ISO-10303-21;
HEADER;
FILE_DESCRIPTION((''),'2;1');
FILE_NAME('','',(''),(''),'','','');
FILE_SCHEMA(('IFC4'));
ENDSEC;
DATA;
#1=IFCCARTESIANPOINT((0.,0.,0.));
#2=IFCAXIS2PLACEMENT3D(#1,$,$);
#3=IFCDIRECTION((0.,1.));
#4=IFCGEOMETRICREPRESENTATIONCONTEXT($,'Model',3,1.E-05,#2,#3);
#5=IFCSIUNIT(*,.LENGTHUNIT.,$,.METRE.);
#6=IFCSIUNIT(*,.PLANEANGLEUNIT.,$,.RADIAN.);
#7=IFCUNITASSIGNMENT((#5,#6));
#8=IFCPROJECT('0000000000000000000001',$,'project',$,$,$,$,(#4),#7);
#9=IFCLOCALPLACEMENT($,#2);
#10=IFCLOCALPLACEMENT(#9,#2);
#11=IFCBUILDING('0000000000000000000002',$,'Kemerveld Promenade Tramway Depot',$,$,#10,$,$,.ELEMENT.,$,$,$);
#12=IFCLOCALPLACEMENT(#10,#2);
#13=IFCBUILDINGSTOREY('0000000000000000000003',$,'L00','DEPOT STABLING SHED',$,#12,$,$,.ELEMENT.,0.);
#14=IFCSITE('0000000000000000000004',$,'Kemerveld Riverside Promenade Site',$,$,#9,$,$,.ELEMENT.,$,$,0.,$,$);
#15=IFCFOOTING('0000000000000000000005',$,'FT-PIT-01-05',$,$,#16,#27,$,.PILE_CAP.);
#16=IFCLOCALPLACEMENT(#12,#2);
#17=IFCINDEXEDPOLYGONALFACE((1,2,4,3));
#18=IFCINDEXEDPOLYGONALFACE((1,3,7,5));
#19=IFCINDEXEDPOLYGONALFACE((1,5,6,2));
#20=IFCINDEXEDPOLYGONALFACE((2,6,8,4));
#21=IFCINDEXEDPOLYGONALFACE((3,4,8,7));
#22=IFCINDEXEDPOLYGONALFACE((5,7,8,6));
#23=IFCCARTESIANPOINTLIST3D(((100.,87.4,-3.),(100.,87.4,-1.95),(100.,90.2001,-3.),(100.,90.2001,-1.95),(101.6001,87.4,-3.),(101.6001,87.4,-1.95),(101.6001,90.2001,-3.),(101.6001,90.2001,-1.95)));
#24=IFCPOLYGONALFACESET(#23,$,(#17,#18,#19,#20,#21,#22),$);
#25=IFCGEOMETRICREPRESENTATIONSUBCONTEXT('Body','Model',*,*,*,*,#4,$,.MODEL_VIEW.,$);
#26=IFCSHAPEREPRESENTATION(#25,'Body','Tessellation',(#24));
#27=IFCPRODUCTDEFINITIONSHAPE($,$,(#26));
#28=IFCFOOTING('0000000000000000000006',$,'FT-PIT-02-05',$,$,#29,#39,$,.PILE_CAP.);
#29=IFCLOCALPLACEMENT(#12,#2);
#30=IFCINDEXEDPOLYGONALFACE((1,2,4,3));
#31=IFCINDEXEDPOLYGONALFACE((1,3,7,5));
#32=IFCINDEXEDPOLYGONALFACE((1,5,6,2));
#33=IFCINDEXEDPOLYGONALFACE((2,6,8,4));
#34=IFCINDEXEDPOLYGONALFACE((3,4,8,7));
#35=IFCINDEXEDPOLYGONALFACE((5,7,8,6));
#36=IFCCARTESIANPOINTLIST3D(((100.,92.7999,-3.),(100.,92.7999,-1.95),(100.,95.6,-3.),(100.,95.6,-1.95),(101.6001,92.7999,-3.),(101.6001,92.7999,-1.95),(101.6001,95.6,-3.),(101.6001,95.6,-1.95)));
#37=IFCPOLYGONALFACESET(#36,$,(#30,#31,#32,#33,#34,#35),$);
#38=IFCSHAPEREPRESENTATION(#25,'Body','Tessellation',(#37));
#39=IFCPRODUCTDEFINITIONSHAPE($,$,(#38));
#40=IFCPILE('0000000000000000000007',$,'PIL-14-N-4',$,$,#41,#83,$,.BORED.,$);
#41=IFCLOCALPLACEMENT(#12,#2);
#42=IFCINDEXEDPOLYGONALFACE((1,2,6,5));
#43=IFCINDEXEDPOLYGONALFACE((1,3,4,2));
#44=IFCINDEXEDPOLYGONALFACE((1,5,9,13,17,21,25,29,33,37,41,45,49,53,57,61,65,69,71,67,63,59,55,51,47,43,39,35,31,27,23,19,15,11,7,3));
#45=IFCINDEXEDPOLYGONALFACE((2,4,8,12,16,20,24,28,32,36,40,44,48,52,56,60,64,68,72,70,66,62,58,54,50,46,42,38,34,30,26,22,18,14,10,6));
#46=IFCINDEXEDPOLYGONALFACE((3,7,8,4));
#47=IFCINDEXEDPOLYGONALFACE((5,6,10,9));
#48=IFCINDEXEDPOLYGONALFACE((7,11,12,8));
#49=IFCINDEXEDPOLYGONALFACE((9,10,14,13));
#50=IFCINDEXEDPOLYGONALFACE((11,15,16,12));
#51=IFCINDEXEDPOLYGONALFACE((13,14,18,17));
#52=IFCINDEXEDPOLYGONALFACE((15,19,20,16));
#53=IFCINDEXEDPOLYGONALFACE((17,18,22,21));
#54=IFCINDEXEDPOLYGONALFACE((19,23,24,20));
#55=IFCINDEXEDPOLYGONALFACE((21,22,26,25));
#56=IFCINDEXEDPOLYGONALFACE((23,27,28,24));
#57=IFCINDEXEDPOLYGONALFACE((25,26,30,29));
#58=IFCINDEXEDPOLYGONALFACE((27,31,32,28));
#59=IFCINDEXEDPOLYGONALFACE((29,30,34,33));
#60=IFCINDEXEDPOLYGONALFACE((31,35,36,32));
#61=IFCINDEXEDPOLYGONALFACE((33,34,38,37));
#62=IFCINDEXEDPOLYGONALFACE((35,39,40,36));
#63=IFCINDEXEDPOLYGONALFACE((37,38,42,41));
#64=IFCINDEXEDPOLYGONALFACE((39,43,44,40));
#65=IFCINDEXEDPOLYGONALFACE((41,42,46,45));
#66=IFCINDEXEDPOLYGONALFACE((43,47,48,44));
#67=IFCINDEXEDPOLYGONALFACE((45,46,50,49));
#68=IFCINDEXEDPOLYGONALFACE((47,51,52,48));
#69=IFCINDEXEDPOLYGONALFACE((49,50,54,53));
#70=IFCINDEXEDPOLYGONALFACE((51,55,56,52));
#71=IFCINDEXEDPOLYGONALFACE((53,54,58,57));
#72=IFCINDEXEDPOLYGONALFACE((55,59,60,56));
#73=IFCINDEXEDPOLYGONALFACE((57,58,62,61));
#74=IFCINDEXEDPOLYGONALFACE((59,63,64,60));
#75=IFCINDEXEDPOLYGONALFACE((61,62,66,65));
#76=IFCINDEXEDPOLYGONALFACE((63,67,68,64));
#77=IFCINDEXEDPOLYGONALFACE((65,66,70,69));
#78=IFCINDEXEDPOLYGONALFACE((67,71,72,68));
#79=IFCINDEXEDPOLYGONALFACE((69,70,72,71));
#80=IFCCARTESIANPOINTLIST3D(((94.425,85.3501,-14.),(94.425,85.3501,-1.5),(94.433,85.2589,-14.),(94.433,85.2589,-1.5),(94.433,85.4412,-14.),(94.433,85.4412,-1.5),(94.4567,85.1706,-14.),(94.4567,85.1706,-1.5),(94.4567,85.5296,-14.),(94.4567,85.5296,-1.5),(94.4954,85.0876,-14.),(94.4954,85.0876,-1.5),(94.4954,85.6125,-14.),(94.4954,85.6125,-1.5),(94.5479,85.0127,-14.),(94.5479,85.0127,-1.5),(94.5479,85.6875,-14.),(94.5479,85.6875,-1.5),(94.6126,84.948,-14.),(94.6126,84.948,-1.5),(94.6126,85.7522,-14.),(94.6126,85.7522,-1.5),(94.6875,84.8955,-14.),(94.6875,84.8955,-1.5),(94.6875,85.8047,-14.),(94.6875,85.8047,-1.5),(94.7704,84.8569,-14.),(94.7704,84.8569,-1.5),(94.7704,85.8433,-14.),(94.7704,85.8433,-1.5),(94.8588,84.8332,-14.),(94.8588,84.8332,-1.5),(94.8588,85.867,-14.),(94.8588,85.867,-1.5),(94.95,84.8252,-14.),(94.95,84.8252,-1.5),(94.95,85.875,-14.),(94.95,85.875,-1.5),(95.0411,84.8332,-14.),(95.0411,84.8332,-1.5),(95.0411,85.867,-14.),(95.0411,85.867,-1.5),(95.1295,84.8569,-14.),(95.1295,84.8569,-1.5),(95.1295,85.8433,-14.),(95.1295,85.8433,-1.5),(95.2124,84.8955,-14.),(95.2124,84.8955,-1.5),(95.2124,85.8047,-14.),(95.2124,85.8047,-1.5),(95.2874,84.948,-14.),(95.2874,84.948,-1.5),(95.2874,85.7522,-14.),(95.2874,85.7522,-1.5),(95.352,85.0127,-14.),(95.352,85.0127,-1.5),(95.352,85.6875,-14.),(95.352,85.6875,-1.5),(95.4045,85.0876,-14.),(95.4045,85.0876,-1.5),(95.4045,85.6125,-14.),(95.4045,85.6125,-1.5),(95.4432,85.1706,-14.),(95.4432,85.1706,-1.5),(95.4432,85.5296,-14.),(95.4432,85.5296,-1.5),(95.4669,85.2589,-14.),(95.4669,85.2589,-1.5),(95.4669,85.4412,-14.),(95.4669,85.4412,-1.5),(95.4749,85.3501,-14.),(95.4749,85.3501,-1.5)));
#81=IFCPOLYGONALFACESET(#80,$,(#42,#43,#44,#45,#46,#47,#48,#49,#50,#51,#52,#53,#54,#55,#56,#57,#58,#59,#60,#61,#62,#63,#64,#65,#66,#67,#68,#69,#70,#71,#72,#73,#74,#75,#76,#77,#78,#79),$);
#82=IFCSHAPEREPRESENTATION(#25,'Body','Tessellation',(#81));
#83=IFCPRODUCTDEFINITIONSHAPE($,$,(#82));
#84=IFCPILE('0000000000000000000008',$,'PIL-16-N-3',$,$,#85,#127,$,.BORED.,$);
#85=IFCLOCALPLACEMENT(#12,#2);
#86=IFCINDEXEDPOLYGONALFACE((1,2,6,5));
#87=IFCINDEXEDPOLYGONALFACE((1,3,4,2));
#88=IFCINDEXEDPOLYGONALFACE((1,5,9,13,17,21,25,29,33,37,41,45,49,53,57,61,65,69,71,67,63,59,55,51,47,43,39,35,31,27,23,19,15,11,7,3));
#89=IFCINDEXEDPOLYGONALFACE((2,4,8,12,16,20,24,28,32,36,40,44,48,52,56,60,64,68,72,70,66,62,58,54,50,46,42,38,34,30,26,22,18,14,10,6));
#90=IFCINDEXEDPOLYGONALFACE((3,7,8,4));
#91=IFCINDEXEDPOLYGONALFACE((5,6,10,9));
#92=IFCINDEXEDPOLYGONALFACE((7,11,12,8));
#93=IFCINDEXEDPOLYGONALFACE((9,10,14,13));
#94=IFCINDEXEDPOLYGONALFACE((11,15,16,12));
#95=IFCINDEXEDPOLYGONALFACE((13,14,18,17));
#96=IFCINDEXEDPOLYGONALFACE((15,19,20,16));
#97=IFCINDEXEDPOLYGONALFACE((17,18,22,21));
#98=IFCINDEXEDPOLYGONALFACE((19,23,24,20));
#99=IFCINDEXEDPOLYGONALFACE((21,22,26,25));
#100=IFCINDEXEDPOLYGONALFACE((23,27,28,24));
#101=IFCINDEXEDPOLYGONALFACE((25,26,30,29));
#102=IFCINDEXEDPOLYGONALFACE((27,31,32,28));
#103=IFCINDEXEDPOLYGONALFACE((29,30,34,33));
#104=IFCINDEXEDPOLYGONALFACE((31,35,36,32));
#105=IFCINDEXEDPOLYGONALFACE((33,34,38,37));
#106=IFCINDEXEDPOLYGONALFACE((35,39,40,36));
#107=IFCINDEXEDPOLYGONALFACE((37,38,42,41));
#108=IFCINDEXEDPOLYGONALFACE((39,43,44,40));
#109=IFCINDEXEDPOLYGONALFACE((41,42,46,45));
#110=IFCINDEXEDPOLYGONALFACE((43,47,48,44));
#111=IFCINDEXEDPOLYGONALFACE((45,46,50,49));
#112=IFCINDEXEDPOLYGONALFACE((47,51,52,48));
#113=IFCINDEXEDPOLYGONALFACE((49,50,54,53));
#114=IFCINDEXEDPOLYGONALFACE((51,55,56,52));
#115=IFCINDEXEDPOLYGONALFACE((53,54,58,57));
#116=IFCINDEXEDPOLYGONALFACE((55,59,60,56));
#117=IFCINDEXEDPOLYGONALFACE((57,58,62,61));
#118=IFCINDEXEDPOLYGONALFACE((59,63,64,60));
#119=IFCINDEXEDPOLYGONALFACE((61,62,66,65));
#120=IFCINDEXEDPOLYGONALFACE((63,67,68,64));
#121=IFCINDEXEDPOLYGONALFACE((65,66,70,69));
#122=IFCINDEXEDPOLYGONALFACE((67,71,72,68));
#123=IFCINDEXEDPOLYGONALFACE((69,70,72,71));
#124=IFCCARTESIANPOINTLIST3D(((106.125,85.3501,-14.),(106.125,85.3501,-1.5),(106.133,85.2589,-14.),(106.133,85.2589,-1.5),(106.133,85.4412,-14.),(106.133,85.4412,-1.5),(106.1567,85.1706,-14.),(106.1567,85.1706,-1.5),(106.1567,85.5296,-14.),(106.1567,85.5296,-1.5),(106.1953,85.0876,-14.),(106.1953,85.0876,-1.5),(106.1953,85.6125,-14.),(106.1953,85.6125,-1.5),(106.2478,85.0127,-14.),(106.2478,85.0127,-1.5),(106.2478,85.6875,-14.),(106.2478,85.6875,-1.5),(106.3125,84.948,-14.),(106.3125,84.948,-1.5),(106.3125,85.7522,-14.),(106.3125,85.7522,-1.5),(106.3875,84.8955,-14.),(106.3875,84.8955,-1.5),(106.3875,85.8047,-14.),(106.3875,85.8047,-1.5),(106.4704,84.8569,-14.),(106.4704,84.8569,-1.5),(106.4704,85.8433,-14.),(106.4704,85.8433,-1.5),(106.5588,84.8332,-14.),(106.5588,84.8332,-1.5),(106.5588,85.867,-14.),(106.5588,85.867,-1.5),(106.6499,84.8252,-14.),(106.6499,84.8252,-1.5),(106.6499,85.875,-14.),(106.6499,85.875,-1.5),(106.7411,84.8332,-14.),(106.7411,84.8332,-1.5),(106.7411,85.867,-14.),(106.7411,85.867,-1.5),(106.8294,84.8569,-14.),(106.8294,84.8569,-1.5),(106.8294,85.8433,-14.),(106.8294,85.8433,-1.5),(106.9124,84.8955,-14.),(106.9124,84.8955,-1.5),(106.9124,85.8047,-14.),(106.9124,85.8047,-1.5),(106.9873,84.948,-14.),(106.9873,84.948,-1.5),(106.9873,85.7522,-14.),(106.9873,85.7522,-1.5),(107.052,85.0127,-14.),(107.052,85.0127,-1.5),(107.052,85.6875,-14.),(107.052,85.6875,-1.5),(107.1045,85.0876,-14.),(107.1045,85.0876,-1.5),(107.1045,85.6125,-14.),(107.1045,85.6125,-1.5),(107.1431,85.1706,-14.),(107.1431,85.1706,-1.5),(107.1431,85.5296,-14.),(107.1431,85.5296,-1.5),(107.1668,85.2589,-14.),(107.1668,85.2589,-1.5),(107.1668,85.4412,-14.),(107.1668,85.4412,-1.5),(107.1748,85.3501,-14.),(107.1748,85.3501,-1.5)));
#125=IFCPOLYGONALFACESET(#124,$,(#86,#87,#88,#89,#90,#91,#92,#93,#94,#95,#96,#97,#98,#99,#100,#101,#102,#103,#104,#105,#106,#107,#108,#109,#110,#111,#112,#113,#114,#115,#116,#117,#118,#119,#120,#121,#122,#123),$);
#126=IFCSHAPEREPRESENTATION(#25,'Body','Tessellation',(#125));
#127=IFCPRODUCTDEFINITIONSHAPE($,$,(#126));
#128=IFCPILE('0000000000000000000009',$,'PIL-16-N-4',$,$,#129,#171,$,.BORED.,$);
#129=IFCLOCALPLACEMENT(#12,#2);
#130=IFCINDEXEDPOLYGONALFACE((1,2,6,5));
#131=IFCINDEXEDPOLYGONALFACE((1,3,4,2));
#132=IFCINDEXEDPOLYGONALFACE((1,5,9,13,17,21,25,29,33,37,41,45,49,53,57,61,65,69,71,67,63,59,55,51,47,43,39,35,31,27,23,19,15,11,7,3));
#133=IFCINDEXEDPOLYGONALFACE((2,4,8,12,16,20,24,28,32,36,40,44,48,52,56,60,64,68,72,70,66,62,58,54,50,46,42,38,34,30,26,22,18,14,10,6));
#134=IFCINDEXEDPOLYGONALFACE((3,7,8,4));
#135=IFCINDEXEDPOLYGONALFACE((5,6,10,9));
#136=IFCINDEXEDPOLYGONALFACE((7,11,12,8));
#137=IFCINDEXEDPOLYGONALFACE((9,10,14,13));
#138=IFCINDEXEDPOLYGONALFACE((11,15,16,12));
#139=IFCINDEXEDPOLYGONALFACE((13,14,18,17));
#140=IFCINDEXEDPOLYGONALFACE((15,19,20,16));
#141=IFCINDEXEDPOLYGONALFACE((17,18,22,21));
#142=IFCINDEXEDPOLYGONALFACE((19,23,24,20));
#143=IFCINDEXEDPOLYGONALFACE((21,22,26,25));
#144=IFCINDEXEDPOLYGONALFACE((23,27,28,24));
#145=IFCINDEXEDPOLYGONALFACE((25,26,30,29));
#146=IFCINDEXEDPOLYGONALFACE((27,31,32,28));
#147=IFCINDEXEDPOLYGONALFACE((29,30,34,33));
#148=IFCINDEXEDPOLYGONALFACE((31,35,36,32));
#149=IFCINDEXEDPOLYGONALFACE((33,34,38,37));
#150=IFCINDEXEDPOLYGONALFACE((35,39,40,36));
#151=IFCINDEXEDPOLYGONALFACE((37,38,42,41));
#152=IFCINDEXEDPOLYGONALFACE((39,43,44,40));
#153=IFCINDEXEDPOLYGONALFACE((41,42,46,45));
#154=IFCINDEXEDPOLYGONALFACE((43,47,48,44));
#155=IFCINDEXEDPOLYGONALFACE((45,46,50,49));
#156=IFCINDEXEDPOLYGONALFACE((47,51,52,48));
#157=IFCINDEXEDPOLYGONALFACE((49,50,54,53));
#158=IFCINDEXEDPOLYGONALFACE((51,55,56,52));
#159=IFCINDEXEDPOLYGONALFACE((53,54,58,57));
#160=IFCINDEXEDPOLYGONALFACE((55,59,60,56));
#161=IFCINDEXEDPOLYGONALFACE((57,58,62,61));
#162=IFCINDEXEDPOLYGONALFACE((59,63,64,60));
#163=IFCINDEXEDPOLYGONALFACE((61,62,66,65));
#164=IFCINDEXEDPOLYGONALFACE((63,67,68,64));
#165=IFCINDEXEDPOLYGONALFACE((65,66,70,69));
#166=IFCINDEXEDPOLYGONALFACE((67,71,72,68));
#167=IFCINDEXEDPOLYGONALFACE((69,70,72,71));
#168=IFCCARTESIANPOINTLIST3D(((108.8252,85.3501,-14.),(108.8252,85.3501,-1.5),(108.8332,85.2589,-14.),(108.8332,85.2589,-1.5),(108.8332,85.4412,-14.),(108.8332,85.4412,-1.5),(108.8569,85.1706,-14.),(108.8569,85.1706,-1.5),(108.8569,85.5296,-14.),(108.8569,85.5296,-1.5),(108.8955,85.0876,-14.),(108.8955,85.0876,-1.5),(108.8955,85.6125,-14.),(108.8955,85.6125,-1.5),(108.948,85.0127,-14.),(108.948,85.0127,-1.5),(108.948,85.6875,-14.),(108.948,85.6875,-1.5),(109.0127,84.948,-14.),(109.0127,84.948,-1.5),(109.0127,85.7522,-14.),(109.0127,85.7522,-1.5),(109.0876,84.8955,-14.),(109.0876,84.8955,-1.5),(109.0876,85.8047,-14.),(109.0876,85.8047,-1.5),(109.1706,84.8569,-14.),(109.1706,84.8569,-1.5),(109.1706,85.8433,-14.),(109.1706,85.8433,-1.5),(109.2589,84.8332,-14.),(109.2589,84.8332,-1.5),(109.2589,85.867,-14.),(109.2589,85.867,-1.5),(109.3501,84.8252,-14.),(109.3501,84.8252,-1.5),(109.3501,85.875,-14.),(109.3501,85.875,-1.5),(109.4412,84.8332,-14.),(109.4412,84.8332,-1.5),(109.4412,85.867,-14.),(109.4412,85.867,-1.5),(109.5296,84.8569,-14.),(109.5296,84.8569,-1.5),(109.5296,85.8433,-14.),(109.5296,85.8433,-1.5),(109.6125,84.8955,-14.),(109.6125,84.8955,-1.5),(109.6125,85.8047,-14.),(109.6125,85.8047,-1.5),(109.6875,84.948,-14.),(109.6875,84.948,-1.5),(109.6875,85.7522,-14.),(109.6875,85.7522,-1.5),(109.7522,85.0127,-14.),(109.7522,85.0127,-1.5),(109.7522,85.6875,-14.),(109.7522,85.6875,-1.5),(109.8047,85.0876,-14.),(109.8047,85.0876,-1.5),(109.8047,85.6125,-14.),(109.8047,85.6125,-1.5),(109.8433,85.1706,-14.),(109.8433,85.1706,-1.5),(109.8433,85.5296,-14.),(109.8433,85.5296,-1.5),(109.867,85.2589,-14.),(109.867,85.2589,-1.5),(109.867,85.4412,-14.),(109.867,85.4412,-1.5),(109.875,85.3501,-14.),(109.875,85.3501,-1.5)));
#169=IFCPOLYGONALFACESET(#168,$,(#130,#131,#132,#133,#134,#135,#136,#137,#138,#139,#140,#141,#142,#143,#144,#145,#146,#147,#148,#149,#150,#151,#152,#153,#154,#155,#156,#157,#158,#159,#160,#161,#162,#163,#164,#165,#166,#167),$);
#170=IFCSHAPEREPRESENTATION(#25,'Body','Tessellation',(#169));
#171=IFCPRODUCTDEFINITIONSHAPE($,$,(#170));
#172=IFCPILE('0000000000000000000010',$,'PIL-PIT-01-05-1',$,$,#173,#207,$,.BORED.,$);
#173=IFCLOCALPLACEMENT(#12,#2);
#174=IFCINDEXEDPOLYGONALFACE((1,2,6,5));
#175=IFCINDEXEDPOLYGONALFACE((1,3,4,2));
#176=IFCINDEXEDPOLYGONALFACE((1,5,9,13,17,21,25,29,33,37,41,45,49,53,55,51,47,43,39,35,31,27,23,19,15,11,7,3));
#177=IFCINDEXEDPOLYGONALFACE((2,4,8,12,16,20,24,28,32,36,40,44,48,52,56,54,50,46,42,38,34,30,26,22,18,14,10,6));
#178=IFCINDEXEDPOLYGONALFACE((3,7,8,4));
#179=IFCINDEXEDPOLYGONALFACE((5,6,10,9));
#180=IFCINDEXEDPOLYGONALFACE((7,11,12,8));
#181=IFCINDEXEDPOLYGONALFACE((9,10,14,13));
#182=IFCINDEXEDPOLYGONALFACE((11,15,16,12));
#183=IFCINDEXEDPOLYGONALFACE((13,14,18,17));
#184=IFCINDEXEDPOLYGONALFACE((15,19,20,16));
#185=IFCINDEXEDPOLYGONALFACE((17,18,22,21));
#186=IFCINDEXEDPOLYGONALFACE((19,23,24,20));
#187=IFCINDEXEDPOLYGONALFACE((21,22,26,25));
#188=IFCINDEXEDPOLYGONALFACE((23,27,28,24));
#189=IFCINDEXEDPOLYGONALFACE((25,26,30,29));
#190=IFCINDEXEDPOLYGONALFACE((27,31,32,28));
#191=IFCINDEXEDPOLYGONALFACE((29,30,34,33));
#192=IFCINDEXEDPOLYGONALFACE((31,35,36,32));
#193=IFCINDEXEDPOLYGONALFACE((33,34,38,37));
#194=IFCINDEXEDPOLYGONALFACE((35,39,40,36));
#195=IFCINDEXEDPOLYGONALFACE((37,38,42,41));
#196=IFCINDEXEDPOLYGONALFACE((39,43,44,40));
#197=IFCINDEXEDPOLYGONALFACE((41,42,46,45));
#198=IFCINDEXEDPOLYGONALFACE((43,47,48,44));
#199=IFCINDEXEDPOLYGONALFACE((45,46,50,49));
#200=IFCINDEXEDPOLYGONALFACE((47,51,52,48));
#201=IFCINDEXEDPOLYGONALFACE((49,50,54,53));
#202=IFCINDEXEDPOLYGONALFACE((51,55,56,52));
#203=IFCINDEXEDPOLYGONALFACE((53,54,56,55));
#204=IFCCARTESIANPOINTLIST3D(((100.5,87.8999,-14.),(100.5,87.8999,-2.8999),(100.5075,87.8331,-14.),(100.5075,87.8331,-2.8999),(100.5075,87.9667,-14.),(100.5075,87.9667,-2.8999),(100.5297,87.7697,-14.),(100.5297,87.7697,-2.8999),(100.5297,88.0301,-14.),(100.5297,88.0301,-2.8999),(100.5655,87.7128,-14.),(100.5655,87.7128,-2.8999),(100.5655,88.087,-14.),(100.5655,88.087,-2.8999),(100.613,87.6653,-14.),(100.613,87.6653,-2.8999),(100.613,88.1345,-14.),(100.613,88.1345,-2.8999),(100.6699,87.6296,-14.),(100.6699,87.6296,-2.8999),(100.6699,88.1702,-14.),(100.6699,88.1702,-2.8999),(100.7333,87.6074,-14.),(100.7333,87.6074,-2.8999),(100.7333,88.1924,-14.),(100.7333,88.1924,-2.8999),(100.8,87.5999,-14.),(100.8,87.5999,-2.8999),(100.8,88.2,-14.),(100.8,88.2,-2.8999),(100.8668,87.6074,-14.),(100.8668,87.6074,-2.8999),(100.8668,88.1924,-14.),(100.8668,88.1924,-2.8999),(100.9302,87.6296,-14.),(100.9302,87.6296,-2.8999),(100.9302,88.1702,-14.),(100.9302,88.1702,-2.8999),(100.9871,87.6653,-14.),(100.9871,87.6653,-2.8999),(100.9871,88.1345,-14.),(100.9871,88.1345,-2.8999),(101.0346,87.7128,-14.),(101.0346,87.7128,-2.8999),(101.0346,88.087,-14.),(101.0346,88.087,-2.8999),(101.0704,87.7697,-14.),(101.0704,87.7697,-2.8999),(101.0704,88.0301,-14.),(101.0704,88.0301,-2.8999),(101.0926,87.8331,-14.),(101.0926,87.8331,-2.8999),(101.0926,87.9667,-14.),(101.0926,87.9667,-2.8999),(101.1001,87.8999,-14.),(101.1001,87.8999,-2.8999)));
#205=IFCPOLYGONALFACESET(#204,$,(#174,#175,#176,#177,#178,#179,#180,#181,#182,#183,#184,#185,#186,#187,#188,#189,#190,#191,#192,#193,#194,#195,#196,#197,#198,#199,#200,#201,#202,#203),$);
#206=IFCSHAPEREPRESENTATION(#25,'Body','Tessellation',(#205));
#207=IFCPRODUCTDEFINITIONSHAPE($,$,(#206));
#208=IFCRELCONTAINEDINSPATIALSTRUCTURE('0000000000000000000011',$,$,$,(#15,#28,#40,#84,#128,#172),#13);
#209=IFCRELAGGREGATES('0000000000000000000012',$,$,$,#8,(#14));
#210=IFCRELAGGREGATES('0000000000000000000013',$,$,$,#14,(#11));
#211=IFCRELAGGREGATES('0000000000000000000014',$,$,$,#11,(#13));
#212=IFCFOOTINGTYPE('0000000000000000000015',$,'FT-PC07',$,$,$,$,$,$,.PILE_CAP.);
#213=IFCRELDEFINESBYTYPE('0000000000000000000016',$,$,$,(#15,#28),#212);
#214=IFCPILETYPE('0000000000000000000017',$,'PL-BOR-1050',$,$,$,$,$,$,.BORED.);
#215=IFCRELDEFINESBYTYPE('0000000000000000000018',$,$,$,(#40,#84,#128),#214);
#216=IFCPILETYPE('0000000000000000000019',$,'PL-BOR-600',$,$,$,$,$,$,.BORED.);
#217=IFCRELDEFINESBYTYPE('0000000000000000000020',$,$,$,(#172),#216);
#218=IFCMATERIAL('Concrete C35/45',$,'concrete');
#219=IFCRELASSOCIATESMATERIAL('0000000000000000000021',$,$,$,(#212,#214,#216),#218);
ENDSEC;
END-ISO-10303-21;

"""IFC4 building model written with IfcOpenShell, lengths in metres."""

from ifc_helpers import new_model, si_unit, direction, frame, origin, origin_2d, place, context, subcontext, project, spatial, rectangle, circle, extrude, material, material_profile, profile_set, type_object, element, save


model = new_model("IFC4")

# Units and contexts
model_context = context("Model", 3, precision=1e-05, world=origin(), true_north=direction((0.0, 1.0)))
body_context = subcontext(model_context, "Body", "Model", "MODEL_VIEW")
ifc_project = project(units=[si_unit("LENGTHUNIT", "METRE"), si_unit("PLANEANGLEUNIT", "RADIAN")], contexts=[model_context])

# Site, building, storey
site_placement = place(None, origin())
site = spatial("IfcSite", under=ifc_project, at=site_placement, Name="Kemerveld Riverside Promenade Site", CompositionType="ELEMENT", RefElevation=0.0)
building_placement = place(site_placement, origin())
building = spatial("IfcBuilding", under=site, at=building_placement, Name="Kemerveld Promenade Tramway Depot", CompositionType="ELEMENT")
storey_placement = place(building_placement, origin())
storey = spatial("IfcBuildingStorey", under=building, at=storey_placement, Name="L00", Description="DEPOT STABLING SHED", CompositionType="ELEMENT", Elevation=0.0)

# Footings
ifc_material_1 = material(Name="Concrete C35/45", Category="concrete")
footing_type = type_object("IfcFootingType", Name="FT-PC07", PredefinedType="PILE_CAP", material=ifc_material_1)
for number, where, z_axis, x_axis, name in (
    (1, (100.8, 88.8, -3.0), (0.0, 0.0, 1.0), (1.0, 0.0, 0.0), "FT-PIT-01-05"),
    (2, (100.8, 94.2, -3.0), (0.0, 0.0, 1.0), (1.0, 0.0, 0.0), "FT-PIT-02-05"),
):
    element("IfcFooting", number, at=place(storey_placement, frame(where, z_axis=z_axis, x_axis=x_axis)), inside=storey, type_object=footing_type, Name=name, PredefinedType="PILE_CAP", context=body_context, shape_type="SweptSolid", body=[
        extrude(rectangle(XDim=1.6001, YDim=2.8, at=origin_2d()), origin(), (0.0, 0.0, 1.0), 1.05),
    ])

# Piles
ifc_material_profile_1 = material_profile(ifc_material_1, circle(Radius=0.5249, at=origin_2d()), Name="PILE-D1050")
ifc_profile_set_1 = profile_set([ifc_material_profile_1], Name="Concrete C35/45")
pile_type_1 = type_object("IfcPileType", Name="PL-BOR-1050", PredefinedType="BORED", material=ifc_profile_set_1)
for number, where, z_axis, x_axis, name in (
    (3, (94.95, 85.3501, -1.5), (0.0, 0.0, -1.0), (1.0, 0.0, 0.0), "PIL-14-N-4"),
    (4, (106.6499, 85.3501, -1.5), (0.0, 0.0, -1.0), (1.0, 0.0, 0.0), "PIL-16-N-3"),
    (5, (109.3501, 85.3501, -1.5), (0.0, 0.0, -1.0), (1.0, 0.0, 0.0), "PIL-16-N-4"),
):
    element("IfcPile", number, at=place(storey_placement, frame(where, z_axis=z_axis, x_axis=x_axis)), inside=storey, type_object=pile_type_1, Name=name, PredefinedType="BORED", context=body_context, shape_type="SweptSolid", body=[
        extrude(circle(Radius=0.5249, at=origin_2d()), origin(), (0.0, 0.0, 1.0), 12.5),
    ])
ifc_material_profile_2 = material_profile(ifc_material_1, circle(Radius=0.3, at=origin_2d()), Name="PILE-D600")
ifc_profile_set_2 = profile_set([ifc_material_profile_2], Name="Concrete C35/45")
pile_type_2 = type_object("IfcPileType", Name="PL-BOR-600", PredefinedType="BORED", material=ifc_profile_set_2)
for number, where, z_axis, x_axis, name in (
    (6, (100.8, 87.8999, -2.8999), (0.0, 0.0, -1.0), (1.0, 0.0, 0.0), "PIL-PIT-01-05-1"),
):
    element("IfcPile", number, at=place(storey_placement, frame(where, z_axis=z_axis, x_axis=x_axis)), inside=storey, type_object=pile_type_2, Name=name, PredefinedType="BORED", context=body_context, shape_type="SweptSolid", body=[
        extrude(circle(Radius=0.3, at=origin_2d()), origin(), (0.0, 0.0, 1.0), 11.1001),
    ])

save(model, "model.ifc")
